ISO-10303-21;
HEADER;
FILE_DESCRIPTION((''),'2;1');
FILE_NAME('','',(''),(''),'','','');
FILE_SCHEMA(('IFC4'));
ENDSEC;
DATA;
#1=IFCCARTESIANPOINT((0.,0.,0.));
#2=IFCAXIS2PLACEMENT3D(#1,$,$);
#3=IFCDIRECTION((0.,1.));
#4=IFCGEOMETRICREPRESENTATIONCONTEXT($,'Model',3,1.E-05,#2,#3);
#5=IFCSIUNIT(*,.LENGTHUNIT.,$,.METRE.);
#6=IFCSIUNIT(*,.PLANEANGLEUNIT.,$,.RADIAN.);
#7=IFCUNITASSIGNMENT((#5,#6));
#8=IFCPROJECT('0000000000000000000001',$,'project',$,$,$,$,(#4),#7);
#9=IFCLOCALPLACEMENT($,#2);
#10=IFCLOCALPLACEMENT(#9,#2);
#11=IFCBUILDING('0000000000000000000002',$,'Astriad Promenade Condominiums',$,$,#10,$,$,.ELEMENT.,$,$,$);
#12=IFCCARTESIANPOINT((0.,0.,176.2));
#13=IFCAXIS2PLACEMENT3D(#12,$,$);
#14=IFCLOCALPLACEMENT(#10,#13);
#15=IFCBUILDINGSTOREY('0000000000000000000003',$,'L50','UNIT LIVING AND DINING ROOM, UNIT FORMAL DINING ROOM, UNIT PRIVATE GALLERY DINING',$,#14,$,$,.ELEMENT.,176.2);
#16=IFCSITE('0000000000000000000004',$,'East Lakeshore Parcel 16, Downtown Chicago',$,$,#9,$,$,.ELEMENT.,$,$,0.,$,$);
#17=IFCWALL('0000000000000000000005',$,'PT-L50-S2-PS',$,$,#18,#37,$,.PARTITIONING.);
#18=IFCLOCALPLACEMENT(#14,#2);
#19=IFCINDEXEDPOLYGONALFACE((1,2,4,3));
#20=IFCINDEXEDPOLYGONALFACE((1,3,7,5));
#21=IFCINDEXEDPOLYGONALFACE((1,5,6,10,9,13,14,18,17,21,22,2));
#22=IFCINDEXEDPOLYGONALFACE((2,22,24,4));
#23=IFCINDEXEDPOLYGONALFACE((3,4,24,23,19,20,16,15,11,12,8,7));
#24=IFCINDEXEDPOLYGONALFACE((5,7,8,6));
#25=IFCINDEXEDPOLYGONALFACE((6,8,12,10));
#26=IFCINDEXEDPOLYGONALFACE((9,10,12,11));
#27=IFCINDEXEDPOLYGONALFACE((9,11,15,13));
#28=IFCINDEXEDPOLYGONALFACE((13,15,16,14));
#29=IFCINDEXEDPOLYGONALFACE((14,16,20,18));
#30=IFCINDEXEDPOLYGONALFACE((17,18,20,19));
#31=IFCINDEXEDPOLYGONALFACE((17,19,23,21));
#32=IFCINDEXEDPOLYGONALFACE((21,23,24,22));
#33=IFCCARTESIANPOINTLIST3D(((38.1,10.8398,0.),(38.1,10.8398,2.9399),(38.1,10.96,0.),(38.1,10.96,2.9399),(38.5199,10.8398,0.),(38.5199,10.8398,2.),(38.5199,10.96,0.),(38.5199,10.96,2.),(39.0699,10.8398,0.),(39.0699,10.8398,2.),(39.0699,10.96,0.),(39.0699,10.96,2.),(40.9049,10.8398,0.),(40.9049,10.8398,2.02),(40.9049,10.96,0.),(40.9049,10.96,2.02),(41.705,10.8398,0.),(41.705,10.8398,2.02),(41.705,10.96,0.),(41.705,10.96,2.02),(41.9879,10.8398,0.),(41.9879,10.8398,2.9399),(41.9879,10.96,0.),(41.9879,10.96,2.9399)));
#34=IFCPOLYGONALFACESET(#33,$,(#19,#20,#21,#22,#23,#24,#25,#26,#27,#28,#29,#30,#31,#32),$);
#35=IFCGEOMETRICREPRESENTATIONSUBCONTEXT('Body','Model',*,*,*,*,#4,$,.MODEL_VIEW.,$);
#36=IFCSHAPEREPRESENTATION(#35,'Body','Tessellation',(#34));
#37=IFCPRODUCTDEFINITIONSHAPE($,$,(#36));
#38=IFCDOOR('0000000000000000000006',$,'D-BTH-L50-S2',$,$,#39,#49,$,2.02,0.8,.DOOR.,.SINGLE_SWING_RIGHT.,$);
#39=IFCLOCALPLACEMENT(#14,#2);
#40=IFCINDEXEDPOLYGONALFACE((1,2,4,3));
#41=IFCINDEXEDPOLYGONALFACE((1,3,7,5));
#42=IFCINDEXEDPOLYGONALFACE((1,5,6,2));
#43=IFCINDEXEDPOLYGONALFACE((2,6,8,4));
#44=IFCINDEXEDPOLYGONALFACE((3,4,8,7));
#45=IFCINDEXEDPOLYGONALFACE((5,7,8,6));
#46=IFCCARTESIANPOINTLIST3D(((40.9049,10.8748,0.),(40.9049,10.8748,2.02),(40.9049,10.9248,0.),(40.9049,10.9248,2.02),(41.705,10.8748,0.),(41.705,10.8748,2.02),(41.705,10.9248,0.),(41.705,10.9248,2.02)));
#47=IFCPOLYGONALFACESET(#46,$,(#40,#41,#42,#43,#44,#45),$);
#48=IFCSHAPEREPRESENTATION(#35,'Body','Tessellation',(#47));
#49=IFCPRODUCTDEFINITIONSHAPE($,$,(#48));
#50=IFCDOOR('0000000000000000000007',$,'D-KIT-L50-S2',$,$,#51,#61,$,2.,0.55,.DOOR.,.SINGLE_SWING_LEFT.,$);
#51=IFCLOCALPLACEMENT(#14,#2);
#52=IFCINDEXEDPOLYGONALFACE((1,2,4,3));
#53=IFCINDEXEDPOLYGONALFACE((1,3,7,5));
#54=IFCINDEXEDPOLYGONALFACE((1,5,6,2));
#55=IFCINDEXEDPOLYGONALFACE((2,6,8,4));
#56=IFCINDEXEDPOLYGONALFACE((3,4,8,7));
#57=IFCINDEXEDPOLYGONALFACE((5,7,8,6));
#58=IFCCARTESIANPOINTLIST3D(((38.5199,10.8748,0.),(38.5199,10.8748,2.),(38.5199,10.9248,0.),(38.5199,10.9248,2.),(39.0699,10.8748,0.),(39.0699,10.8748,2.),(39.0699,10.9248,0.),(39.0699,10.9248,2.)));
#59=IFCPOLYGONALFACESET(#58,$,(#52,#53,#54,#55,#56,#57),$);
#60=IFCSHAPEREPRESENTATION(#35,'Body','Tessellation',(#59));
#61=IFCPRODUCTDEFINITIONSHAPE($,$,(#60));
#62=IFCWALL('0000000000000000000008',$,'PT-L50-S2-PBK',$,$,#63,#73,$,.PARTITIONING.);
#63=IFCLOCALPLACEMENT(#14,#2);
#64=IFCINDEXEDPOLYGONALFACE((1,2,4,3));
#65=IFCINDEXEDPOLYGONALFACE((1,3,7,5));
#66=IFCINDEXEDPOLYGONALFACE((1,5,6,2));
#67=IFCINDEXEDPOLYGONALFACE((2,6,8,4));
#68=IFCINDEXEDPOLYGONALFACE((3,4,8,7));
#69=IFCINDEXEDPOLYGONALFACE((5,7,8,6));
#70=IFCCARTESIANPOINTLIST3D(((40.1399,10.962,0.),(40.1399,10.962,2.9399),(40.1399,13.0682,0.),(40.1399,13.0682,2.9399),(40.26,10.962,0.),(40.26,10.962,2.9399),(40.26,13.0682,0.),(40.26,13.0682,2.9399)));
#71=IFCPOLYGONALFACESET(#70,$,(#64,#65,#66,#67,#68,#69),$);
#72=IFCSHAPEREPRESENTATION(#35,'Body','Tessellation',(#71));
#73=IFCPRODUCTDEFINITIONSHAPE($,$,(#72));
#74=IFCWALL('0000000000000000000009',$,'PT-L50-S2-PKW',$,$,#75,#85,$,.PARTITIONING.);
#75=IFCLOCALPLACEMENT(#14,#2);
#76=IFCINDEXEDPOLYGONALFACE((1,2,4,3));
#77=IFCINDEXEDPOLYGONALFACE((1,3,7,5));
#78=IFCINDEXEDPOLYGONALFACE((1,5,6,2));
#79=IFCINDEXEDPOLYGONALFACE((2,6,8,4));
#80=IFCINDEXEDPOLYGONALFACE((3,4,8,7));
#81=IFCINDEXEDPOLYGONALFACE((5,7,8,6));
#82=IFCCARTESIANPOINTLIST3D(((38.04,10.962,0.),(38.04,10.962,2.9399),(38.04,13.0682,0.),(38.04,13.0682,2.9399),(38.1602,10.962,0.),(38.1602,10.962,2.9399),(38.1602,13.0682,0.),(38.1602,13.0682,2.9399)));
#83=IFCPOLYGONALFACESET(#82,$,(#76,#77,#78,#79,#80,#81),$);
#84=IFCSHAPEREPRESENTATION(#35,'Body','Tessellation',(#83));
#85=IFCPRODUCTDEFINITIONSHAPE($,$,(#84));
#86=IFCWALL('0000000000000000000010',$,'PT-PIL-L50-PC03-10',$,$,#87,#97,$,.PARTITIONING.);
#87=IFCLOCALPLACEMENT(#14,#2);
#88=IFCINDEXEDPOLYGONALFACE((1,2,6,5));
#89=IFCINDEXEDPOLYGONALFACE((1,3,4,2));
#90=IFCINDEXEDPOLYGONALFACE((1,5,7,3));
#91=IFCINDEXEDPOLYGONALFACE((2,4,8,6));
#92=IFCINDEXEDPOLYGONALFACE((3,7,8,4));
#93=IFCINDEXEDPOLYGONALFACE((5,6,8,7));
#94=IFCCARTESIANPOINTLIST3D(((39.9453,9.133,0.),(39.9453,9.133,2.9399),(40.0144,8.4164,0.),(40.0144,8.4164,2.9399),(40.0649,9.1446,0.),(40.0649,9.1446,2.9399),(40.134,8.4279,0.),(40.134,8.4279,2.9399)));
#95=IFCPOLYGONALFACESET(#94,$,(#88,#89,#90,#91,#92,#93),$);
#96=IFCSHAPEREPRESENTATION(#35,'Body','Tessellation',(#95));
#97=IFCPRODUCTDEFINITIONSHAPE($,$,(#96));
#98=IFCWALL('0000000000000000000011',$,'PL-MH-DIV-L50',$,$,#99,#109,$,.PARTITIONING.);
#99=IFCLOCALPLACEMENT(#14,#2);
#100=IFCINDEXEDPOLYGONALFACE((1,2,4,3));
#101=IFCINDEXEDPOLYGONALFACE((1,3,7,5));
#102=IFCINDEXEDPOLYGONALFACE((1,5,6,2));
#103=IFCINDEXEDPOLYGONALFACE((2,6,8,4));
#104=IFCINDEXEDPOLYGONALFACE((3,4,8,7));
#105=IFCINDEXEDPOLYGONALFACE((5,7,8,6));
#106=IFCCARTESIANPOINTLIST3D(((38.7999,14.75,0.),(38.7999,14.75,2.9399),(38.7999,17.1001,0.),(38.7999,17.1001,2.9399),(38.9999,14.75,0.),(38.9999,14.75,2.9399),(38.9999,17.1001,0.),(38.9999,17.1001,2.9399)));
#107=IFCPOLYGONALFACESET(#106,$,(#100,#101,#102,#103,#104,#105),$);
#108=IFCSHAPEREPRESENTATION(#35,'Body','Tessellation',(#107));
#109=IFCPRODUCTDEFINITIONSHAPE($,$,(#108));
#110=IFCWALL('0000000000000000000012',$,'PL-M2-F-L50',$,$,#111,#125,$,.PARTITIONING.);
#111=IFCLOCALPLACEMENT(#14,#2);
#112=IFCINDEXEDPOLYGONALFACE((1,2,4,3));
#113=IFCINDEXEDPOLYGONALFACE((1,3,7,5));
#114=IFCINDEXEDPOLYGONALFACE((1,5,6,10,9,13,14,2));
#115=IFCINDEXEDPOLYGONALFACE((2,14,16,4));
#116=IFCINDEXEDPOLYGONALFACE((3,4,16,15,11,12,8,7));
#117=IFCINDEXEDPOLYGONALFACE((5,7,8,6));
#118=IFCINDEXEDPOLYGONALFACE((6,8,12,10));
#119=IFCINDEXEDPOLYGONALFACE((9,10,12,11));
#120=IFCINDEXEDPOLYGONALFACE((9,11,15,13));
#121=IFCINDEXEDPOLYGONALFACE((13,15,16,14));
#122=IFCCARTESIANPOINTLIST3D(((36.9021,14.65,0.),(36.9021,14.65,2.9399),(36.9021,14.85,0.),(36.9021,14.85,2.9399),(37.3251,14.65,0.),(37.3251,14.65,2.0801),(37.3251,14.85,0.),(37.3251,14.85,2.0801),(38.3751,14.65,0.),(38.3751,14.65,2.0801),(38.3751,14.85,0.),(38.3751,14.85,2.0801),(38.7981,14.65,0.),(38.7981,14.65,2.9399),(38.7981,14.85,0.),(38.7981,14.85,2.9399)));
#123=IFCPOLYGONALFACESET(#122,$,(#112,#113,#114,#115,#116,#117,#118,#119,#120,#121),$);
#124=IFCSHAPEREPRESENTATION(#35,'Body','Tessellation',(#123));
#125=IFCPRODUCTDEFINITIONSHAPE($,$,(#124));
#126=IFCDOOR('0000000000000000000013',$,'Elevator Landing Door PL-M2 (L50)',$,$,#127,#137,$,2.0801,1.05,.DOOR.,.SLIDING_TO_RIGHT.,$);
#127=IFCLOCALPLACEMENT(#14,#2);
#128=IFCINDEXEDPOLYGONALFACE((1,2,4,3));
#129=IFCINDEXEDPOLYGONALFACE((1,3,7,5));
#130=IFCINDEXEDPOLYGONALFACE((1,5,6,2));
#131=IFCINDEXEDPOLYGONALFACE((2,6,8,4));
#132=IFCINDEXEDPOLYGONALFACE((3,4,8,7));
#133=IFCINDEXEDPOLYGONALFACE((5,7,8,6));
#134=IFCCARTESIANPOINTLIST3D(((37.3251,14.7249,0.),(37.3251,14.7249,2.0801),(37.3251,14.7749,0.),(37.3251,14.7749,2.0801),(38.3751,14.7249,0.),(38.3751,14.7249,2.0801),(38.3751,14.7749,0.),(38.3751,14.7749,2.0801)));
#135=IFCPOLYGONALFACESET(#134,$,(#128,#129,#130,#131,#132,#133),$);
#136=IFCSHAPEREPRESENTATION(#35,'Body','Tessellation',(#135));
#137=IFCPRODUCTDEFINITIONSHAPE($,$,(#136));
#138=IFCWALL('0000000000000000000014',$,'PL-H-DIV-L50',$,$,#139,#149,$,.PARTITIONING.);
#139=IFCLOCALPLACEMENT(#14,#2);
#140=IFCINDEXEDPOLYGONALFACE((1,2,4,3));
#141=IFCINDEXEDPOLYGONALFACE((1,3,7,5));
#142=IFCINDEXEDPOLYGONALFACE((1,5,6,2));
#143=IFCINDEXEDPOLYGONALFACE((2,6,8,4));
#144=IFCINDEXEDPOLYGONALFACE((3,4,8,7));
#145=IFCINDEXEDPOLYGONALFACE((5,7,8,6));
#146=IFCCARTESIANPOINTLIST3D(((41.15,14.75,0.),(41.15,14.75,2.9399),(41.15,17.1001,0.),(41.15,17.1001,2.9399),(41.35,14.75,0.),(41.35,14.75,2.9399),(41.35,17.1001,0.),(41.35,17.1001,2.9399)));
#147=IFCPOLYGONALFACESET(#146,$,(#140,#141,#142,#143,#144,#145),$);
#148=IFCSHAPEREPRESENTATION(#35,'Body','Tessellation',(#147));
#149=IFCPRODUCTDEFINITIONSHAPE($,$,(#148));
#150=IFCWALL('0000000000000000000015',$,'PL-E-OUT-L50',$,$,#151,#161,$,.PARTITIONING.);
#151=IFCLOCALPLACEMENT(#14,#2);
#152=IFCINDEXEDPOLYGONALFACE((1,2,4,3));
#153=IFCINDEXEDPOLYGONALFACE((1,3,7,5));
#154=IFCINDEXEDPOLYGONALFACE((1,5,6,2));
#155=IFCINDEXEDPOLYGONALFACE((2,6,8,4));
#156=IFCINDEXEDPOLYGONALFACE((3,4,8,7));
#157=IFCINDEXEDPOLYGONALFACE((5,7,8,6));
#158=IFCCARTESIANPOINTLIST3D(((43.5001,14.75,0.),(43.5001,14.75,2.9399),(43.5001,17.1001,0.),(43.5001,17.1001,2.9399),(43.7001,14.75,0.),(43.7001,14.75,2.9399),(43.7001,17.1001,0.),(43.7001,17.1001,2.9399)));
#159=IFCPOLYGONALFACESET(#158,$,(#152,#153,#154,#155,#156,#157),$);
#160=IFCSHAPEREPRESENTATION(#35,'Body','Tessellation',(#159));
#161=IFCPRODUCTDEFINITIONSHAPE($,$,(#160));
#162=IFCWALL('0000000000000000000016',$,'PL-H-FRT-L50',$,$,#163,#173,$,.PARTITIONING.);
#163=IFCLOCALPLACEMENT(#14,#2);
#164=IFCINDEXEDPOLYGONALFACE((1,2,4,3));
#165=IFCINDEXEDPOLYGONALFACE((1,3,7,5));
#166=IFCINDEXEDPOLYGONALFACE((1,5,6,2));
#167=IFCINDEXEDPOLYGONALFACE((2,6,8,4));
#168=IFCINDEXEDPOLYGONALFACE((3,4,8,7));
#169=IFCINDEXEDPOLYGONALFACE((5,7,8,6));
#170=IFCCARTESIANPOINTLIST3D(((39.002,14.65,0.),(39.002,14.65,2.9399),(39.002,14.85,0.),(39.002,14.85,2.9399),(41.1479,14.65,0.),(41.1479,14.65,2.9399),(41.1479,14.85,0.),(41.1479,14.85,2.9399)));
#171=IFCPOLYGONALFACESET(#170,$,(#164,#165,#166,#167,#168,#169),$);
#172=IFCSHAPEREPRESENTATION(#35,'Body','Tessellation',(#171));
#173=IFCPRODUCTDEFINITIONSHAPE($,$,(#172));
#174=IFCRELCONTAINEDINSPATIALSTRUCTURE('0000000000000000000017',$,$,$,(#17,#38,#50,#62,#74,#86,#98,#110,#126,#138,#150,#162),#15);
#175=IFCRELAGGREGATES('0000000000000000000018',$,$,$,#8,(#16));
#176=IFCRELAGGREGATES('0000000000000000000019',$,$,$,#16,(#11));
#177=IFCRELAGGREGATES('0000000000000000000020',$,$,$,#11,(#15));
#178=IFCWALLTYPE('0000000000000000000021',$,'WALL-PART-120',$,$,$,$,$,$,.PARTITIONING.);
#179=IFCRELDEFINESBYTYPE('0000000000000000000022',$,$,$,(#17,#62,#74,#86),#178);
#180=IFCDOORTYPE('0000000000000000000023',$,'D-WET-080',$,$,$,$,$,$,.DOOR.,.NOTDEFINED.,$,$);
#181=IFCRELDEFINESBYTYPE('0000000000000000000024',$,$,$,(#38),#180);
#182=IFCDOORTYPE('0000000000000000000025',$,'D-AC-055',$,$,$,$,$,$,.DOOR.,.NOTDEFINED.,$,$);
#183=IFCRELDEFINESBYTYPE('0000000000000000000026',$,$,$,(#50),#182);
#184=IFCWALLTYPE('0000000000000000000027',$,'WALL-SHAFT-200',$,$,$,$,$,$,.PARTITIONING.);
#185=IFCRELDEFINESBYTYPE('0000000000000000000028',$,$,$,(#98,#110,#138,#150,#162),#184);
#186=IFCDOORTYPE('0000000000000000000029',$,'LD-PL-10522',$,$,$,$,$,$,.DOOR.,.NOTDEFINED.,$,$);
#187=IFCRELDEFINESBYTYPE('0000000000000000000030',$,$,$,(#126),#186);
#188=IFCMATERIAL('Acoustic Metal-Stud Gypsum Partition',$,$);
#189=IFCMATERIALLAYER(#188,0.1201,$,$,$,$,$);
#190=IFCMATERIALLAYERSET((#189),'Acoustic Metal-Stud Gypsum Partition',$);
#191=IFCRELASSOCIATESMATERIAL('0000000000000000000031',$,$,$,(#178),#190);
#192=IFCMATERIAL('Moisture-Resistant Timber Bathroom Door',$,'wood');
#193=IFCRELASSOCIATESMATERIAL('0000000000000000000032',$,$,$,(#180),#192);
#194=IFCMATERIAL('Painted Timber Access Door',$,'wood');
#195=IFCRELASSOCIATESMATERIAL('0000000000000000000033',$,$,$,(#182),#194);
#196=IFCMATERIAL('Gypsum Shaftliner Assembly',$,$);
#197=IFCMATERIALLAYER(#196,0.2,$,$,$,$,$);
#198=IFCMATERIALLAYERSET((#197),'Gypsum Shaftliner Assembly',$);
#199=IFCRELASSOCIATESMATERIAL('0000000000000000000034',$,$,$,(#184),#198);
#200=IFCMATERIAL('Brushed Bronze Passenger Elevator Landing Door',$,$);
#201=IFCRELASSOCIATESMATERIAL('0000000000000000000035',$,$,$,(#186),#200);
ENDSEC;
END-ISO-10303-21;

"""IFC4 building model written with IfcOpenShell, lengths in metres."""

from ifc_helpers import new_model, si_unit, direction, frame, frame_2d, origin, place, context, subcontext, project, spatial, rectangle, extrude, source, transform, mapped, material, layer, layer_set, type_object, type_shapes, element, fill, save


model = new_model("IFC4")

# Units and contexts
model_context = context("Model", 3, precision=1e-05, world=origin(), true_north=direction((0.0, 1.0)))
body_context = subcontext(model_context, "Body", "Model", "MODEL_VIEW")
ifc_project = project(units=[si_unit("LENGTHUNIT", "METRE"), si_unit("PLANEANGLEUNIT", "RADIAN")], contexts=[model_context])

# Site, building, storey
site_placement = place(None, origin())
site = spatial("IfcSite", under=ifc_project, at=site_placement, Name="East Lakeshore Parcel 16, Downtown Chicago", CompositionType="ELEMENT", RefElevation=0.0)
building_placement = place(site_placement, origin())
building = spatial("IfcBuilding", under=site, at=building_placement, Name="Astriad Promenade Condominiums", CompositionType="ELEMENT")
storey_placement = place(building_placement, frame((0.0, 0.0, 176.2)))
storey = spatial("IfcBuildingStorey", under=building, at=storey_placement, Name="L50", Description="UNIT LIVING AND DINING ROOM, UNIT FORMAL DINING ROOM, UNIT PRIVATE GALLERY DINING", CompositionType="ELEMENT", Elevation=176.2)

# Wall, openings, doors
ifc_material_1 = material(Name="Acoustic Metal-Stud Gypsum Partition")
ifc_layer_1 = layer(ifc_material_1, 0.1201)
ifc_layer_set_1 = layer_set([ifc_layer_1], Name="Acoustic Metal-Stud Gypsum Partition")
wall_type_1 = type_object("IfcWallType", Name="WALL-PART-120", PredefinedType="PARTITIONING", material=ifc_layer_set_1)
wall_1_placement = place(storey_placement, frame((38.1001, 10.8999, 0.0), z_axis=(0.0, 0.0, 1.0), x_axis=(1.0, 0.0, 0.0)))
wall_1 = element("IfcWall", 1, at=wall_1_placement, inside=storey, type_object=wall_type_1, Name="PT-L50-S2-PS", PredefinedType="PARTITIONING", context=body_context, shape_type="SweptSolid", body=[
    extrude(rectangle(XDim=3.8879, YDim=0.1201, at=frame_2d((1.9438, 0.0))), origin(), (0.0, 0.0, 1.0), 2.9399),
])
opening_1_placement = place(wall_1_placement, frame((0.4199, 0.0, 0.0)))
opening_1 = element("IfcOpeningElement", 2, at=opening_1_placement, cuts=wall_1, PredefinedType="OPENING", context=body_context, shape_type="SweptSolid", body=[
    extrude(rectangle(XDim=0.55, YDim=2.0, at=frame_2d((0.2749, 1.0))), frame((0.0, 0.0701, 0.0), z_axis=(0.0, -1.0, 0.0), x_axis=(1.0, 0.0, 0.0)), (0.0, 0.0, 1.0), 0.1401),
])
opening_2_placement = place(wall_1_placement, frame((2.8049, 0.0, 0.0)))
opening_2 = element("IfcOpeningElement", 3, at=opening_2_placement, cuts=wall_1, PredefinedType="OPENING", context=body_context, shape_type="SweptSolid", body=[
    extrude(rectangle(XDim=0.8, YDim=2.02, at=frame_2d((0.3999, 1.01))), frame((0.0, 0.0701, 0.0), z_axis=(0.0, -1.0, 0.0), x_axis=(1.0, 0.0, 0.0)), (0.0, 0.0, 1.0), 0.1401),
])
ifc_material_2 = material(Name="Moisture-Resistant Timber Bathroom Door", Category="wood")
door_type_1 = type_object("IfcDoorType", Name="D-WET-080", OperationType="NOTDEFINED", PredefinedType="DOOR", material=ifc_material_2)
shared_shape_1 = source(origin(), body_context, "Body", "SweptSolid", [
    extrude(rectangle(XDim=0.8, YDim=2.02, at=frame_2d((0.3999, 1.01))), frame((0.0, 0.0249, 0.0), z_axis=(0.0, -1.0, 0.0), x_axis=(1.0, 0.0, 0.0)), (0.0, 0.0, 1.0), 0.05),
])
type_shapes(door_type_1, [shared_shape_1])
door_1_placement = place(opening_2_placement, origin())
door_1 = element("IfcDoor", 4, at=door_1_placement, inside=storey, type_object=door_type_1, Name="D-BTH-L50-S2", OperationType="SINGLE_SWING_RIGHT", OverallHeight=2.02, OverallWidth=0.8, PredefinedType="DOOR", context=body_context, shape_type="MappedRepresentation", body=[
    mapped(shared_shape_1, transform((0.0, 0.0, 0.0), scale=1.0)),
])
fill(opening_2, door_1)
ifc_material_3 = material(Name="Painted Timber Access Door", Category="wood")
door_type_2 = type_object("IfcDoorType", Name="D-AC-055", OperationType="NOTDEFINED", PredefinedType="DOOR", material=ifc_material_3)
shared_shape_2 = source(origin(), body_context, "Body", "SweptSolid", [
    extrude(rectangle(XDim=0.55, YDim=2.0, at=frame_2d((0.2749, 1.0))), frame((0.0, 0.0249, 0.0), z_axis=(0.0, -1.0, 0.0), x_axis=(1.0, 0.0, 0.0)), (0.0, 0.0, 1.0), 0.05),
])
type_shapes(door_type_2, [shared_shape_2])
door_2_placement = place(opening_1_placement, origin())
door_2 = element("IfcDoor", 5, at=door_2_placement, inside=storey, type_object=door_type_2, Name="D-KIT-L50-S2", OperationType="SINGLE_SWING_LEFT", OverallHeight=2.0, OverallWidth=0.55, PredefinedType="DOOR", context=body_context, shape_type="MappedRepresentation", body=[
    mapped(shared_shape_2, transform((0.0, 0.0, 0.0), scale=1.0)),
])
fill(opening_1, door_2)

# Walls
for number, where, z_axis, x_axis, name in (
    (6, (40.2, 10.9619, 0.0), (0.0, 0.0, 1.0), (0.0, 1.0, 0.0), "PT-L50-S2-PBK"),
    (7, (38.1001, 10.9619, 0.0), (0.0, 0.0, 1.0), (0.0, 1.0, 0.0), "PT-L50-S2-PKW"),
):
    element("IfcWall", number, at=place(storey_placement, frame(where, z_axis=z_axis, x_axis=x_axis)), inside=storey, type_object=wall_type_1, Name=name, PredefinedType="PARTITIONING", context=body_context, shape_type="SweptSolid", body=[
        extrude(rectangle(XDim=2.1062, YDim=0.1201, at=frame_2d((1.0532, 0.0))), origin(), (0.0, 0.0, 1.0), 2.9399),
    ])
wall_2_placement = place(storey_placement, frame((40.0051, 9.1387, 0.0), z_axis=(0.0, 0.0, 1.0), x_axis=(0.095977, -0.995384, 0.0)))
element("IfcWall", 8, at=wall_2_placement, inside=storey, type_object=wall_type_1, Name="PT-PIL-L50-PC03-10", PredefinedType="PARTITIONING", context=body_context, shape_type="SweptSolid", body=[
    extrude(rectangle(XDim=0.72, YDim=0.1201, at=frame_2d((0.3599, 0.0))), origin(), (0.0, 0.0, 1.0), 2.9399),
])
ifc_material_4 = material(Name="Gypsum Shaftliner Assembly")
ifc_layer_2 = layer(ifc_material_4, 0.2)
ifc_layer_set_2 = layer_set([ifc_layer_2], Name="Gypsum Shaftliner Assembly")
wall_type_2 = type_object("IfcWallType", Name="WALL-SHAFT-200", PredefinedType="PARTITIONING", material=ifc_layer_set_2)
wall_3_placement = place(storey_placement, frame((38.8999, 14.75, 0.0), z_axis=(0.0, 0.0, 1.0), x_axis=(0.0, 1.0, 0.0)))
element("IfcWall", 9, at=wall_3_placement, inside=storey, type_object=wall_type_2, Name="PL-MH-DIV-L50", PredefinedType="PARTITIONING", context=body_context, shape_type="SweptSolid", body=[
    extrude(rectangle(XDim=2.3501, YDim=0.2, at=frame_2d((1.175, 0.0))), origin(), (0.0, 0.0, 1.0), 2.9399),
])

# Wall, opening, door
wall_4_placement = place(storey_placement, frame((36.9021, 14.75, 0.0), z_axis=(0.0, 0.0, 1.0), x_axis=(1.0, 0.0, 0.0)))
wall_4 = element("IfcWall", 10, at=wall_4_placement, inside=storey, type_object=wall_type_2, Name="PL-M2-F-L50", PredefinedType="PARTITIONING", context=body_context, shape_type="SweptSolid", body=[
    extrude(rectangle(XDim=1.896, YDim=0.2, at=frame_2d((0.948, 0.0))), origin(), (0.0, 0.0, 1.0), 2.9399),
])
opening_3_placement = place(wall_4_placement, frame((0.4231, 0.0, 0.0)))
opening_3 = element("IfcOpeningElement", 11, at=opening_3_placement, cuts=wall_4, PredefinedType="OPENING", context=body_context, shape_type="SweptSolid", body=[
    extrude(rectangle(XDim=1.05, YDim=2.0801, at=frame_2d((0.5249, 1.04))), frame((0.0, 0.1099, 0.0), z_axis=(0.0, -1.0, 0.0), x_axis=(1.0, 0.0, 0.0)), (0.0, 0.0, 1.0), 0.22),
])
ifc_material_5 = material(Name="Brushed Bronze Passenger Elevator Landing Door")
door_type_3 = type_object("IfcDoorType", Name="LD-PL-10522", OperationType="NOTDEFINED", PredefinedType="DOOR", material=ifc_material_5)
shared_shape_3 = source(origin(), body_context, "Body", "SweptSolid", [
    extrude(rectangle(XDim=1.05, YDim=2.0801, at=frame_2d((0.5249, 1.04))), frame((0.0, 0.0249, 0.0), z_axis=(0.0, -1.0, 0.0), x_axis=(1.0, 0.0, 0.0)), (0.0, 0.0, 1.0), 0.05),
])
type_shapes(door_type_3, [shared_shape_3])
door_3_placement = place(opening_3_placement, origin())
door_3 = element("IfcDoor", 12, at=door_3_placement, inside=storey, type_object=door_type_3, Name="Elevator Landing Door PL-M2 (L50)", OperationType="SLIDING_TO_RIGHT", OverallHeight=2.0801, OverallWidth=1.05, PredefinedType="DOOR", context=body_context, shape_type="MappedRepresentation", body=[
    mapped(shared_shape_3, transform((0.0, 0.0, 0.0), scale=1.0)),
])
fill(opening_3, door_3)

# Walls
for number, where, z_axis, x_axis, name in (
    (13, (41.25, 14.75, 0.0), (0.0, 0.0, 1.0), (0.0, 1.0, 0.0), "PL-H-DIV-L50"),
    (14, (43.6001, 14.75, 0.0), (0.0, 0.0, 1.0), (0.0, 1.0, 0.0), "PL-E-OUT-L50"),
):
    element("IfcWall", number, at=place(storey_placement, frame(where, z_axis=z_axis, x_axis=x_axis)), inside=storey, type_object=wall_type_2, Name=name, PredefinedType="PARTITIONING", context=body_context, shape_type="SweptSolid", body=[
        extrude(rectangle(XDim=2.3501, YDim=0.2, at=frame_2d((1.175, 0.0))), origin(), (0.0, 0.0, 1.0), 2.9399),
    ])
for number, where, z_axis, x_axis, name in (
    (15, (39.002, 14.75, 0.0), (0.0, 0.0, 1.0), (1.0, 0.0, 0.0), "PL-H-FRT-L50"),
):
    element("IfcWall", number, at=place(storey_placement, frame(where, z_axis=z_axis, x_axis=x_axis)), inside=storey, type_object=wall_type_2, Name=name, PredefinedType="PARTITIONING", context=body_context, shape_type="SweptSolid", body=[
        extrude(rectangle(XDim=2.146, YDim=0.2, at=frame_2d((1.073, 0.0))), origin(), (0.0, 0.0, 1.0), 2.9399),
    ])

save(model, "model.ifc")
